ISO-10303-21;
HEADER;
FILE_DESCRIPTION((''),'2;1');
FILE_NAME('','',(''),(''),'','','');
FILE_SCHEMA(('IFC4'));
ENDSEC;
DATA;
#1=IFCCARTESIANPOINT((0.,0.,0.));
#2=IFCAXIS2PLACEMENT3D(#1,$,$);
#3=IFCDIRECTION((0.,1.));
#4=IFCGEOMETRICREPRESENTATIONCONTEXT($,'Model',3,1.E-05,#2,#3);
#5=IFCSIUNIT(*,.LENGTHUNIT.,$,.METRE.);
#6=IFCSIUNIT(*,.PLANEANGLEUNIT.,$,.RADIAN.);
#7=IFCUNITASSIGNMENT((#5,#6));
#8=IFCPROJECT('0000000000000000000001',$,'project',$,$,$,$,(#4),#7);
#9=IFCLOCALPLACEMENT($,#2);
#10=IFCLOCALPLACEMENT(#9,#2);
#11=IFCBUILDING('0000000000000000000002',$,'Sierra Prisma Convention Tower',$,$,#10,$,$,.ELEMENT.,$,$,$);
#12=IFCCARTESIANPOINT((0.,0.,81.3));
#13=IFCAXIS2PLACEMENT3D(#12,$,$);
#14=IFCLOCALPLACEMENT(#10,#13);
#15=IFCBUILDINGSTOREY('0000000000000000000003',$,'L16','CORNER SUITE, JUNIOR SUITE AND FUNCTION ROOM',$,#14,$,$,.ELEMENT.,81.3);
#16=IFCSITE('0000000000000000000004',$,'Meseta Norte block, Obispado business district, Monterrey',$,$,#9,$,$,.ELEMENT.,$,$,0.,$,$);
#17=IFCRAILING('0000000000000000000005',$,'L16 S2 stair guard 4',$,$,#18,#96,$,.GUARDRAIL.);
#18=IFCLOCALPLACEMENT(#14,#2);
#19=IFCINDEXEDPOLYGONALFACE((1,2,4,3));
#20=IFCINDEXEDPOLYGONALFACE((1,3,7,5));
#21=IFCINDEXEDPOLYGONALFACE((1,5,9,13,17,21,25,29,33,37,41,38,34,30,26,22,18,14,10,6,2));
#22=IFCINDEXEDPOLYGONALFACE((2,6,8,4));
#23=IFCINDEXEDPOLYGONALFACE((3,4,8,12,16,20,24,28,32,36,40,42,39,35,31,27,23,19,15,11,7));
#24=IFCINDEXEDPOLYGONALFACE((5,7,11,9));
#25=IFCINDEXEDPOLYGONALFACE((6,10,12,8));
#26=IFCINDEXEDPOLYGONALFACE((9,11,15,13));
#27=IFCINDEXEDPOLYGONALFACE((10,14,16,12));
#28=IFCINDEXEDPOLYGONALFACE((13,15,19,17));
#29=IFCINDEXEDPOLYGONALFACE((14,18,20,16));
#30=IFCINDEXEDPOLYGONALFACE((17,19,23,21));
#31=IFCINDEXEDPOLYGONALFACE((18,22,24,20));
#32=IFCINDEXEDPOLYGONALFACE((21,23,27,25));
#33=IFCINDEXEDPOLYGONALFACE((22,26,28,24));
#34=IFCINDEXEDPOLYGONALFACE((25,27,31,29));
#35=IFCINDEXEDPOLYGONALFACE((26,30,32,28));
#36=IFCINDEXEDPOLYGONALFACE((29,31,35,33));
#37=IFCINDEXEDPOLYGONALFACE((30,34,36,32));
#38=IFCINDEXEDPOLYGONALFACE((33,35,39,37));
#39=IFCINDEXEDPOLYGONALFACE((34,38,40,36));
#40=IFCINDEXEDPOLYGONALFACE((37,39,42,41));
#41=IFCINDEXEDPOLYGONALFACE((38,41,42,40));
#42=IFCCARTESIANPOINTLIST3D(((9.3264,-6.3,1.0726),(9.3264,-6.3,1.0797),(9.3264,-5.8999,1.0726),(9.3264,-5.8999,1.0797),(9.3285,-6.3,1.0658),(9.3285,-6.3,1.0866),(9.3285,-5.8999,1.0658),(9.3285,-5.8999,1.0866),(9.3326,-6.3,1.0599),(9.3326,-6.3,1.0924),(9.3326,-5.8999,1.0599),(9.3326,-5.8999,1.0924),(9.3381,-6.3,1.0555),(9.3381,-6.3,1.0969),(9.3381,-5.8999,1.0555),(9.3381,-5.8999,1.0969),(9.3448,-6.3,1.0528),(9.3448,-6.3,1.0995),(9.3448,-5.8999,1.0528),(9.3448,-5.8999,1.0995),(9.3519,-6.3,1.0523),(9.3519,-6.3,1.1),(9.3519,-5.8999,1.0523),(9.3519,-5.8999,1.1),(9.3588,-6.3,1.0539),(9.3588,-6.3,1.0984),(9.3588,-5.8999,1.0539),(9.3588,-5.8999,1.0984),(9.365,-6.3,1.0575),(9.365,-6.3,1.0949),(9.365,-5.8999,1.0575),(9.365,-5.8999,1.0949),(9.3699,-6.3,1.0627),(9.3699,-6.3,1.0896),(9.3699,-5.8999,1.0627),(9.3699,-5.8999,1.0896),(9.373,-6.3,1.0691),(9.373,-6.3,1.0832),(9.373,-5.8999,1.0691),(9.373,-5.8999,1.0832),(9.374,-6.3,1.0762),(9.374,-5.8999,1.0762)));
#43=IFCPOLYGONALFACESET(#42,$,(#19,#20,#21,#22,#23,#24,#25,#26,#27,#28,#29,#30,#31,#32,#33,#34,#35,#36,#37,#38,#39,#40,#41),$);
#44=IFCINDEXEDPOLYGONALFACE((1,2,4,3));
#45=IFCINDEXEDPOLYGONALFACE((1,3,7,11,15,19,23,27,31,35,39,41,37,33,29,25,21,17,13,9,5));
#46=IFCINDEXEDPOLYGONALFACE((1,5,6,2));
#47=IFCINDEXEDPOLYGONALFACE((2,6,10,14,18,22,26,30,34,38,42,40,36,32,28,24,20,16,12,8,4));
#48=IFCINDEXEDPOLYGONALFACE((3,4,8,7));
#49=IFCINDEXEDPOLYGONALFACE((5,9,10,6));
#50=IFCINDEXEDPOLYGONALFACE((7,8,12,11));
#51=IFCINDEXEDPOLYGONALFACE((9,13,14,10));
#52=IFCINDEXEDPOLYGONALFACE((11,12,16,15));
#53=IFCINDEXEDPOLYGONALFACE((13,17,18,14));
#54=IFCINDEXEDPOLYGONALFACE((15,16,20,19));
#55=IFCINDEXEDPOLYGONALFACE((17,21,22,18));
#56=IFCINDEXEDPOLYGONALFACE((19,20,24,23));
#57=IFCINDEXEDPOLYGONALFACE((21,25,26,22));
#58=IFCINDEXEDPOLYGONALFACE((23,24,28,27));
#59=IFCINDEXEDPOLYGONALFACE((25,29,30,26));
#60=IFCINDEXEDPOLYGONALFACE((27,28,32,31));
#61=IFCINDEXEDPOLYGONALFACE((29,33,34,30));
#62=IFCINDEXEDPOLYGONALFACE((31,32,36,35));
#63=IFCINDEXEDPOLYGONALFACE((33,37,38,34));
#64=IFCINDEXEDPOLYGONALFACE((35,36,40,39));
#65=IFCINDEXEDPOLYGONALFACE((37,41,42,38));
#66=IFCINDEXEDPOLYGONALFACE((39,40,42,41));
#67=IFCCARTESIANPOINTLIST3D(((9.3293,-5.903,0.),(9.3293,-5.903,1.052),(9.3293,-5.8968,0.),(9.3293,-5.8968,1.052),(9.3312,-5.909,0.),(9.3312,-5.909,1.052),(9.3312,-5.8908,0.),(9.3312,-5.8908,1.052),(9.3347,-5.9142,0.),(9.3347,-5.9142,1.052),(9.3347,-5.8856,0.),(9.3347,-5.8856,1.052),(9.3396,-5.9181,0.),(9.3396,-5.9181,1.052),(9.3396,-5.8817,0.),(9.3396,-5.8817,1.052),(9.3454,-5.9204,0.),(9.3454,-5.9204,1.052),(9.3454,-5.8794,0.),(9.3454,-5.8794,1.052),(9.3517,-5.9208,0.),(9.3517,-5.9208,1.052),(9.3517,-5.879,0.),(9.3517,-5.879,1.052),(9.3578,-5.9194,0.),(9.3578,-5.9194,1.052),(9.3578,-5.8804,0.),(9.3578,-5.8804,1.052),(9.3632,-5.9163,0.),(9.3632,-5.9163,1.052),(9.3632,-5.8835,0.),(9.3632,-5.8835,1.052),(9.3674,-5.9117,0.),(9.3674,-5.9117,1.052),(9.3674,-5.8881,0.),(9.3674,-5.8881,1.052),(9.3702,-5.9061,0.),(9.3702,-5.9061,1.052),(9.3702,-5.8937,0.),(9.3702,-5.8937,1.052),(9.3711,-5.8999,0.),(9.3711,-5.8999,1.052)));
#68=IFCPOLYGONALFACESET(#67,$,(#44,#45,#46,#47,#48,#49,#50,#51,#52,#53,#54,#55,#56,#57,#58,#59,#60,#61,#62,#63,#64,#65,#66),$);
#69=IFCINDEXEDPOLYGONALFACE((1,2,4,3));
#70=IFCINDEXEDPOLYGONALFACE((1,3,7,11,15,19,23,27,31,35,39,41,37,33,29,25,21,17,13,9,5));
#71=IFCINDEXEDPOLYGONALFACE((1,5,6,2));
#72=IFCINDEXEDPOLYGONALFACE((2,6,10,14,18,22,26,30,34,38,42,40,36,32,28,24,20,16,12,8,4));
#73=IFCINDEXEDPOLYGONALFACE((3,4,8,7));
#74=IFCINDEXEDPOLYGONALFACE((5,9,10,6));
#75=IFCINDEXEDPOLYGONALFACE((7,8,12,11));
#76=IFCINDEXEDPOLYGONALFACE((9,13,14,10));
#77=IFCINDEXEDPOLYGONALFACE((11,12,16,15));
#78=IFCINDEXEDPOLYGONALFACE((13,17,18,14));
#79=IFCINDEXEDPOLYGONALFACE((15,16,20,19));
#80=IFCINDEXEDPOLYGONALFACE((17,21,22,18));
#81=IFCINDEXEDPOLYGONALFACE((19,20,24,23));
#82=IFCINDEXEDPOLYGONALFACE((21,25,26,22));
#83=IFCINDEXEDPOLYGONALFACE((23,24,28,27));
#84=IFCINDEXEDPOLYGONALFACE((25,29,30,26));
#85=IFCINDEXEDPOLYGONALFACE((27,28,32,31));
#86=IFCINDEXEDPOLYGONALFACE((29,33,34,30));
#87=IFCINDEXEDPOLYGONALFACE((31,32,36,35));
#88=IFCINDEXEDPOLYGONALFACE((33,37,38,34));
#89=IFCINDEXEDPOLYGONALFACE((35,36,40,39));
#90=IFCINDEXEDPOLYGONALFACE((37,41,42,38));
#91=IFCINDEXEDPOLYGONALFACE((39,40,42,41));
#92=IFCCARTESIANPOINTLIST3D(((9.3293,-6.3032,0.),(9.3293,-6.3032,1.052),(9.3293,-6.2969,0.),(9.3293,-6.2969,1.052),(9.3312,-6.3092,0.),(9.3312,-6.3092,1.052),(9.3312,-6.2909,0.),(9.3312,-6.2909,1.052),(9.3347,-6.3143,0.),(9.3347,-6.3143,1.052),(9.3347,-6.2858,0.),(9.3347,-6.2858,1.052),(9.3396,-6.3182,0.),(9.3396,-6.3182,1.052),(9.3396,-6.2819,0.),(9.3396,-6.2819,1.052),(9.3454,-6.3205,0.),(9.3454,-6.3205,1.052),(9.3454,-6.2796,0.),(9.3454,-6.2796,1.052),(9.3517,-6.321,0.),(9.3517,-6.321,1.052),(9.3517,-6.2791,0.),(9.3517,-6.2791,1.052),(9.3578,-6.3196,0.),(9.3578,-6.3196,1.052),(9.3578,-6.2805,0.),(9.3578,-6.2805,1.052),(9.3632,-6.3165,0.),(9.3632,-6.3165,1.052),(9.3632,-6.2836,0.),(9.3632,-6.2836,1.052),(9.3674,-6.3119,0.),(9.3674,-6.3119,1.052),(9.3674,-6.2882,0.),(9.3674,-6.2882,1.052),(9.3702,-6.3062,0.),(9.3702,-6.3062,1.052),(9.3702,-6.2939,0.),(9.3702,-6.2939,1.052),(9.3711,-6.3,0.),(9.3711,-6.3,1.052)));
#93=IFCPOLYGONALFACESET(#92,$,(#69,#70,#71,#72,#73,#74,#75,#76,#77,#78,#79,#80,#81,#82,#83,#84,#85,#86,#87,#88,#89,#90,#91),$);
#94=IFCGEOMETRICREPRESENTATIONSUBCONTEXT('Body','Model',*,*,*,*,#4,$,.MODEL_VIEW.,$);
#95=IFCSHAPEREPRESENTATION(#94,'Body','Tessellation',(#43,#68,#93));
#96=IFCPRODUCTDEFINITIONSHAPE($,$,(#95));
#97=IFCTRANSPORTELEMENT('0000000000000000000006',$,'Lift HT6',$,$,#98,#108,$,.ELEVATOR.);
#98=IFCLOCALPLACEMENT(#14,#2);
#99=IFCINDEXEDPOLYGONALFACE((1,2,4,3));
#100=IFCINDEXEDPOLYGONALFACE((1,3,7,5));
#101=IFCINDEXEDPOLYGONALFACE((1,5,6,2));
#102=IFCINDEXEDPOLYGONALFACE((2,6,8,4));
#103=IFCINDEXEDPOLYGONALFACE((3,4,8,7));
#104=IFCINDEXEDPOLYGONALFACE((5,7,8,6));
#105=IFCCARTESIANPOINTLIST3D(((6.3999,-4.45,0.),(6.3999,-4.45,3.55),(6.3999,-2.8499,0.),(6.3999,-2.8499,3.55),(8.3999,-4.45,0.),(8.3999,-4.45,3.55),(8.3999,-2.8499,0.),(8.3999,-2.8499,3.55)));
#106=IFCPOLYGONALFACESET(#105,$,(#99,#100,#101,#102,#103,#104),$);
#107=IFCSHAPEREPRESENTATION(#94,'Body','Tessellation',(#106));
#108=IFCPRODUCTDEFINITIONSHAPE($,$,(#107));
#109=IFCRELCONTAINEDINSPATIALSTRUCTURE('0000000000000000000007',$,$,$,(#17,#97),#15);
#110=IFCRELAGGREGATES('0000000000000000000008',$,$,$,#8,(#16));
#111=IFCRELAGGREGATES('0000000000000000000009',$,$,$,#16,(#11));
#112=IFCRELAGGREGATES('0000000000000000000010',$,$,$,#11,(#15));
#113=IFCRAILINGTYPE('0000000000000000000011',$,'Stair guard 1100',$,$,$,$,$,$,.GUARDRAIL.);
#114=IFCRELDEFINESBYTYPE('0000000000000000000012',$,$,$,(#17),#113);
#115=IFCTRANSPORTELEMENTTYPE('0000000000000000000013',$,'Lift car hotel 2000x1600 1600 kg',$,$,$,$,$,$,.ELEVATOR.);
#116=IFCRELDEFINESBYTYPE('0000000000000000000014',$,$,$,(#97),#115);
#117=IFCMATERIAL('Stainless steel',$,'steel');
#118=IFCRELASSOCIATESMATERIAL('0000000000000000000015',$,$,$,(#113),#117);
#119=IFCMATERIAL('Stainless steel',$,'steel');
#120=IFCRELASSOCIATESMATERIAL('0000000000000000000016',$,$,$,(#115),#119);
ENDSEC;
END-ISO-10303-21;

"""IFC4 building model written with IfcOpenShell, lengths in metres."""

from ifc_helpers import new_model, si_unit, direction, frame, origin, origin_2d, place, context, subcontext, project, spatial, rectangle, circle, extrude, material, type_object, element, save


model = new_model("IFC4")

# Units and contexts
model_context = context("Model", 3, precision=1e-05, world=origin(), true_north=direction((0.0, 1.0)))
body_context = subcontext(model_context, "Body", "Model", "MODEL_VIEW")
ifc_project = project(units=[si_unit("LENGTHUNIT", "METRE"), si_unit("PLANEANGLEUNIT", "RADIAN")], contexts=[model_context])

# Site, building, storey
site_placement = place(None, origin())
site = spatial("IfcSite", under=ifc_project, at=site_placement, Name="Meseta Norte block, Obispado business district, Monterrey", CompositionType="ELEMENT", RefElevation=0.0)
building_placement = place(site_placement, origin())
building = spatial("IfcBuilding", under=site, at=building_placement, Name="Sierra Prisma Convention Tower", CompositionType="ELEMENT")
storey_placement = place(building_placement, frame((0.0, 0.0, 81.3)))
storey = spatial("IfcBuildingStorey", under=building, at=storey_placement, Name="L16", Description="CORNER SUITE, JUNIOR SUITE AND FUNCTION ROOM", CompositionType="ELEMENT", Elevation=81.3)

# Railing
ifc_material_1 = material(Name="Stainless steel", Category="steel")
railing_type_1 = type_object("IfcRailingType", Name="Stair guard 1100", PredefinedType="GUARDRAIL", material=ifc_material_1)
railing_1_placement = place(storey_placement, frame((9.3501, -5.8999, 0.0)))
element("IfcRailing", 1, at=railing_1_placement, inside=storey, type_object=railing_type_1, Name="L16 S2 stair guard 4", PredefinedType="GUARDRAIL", context=body_context, shape_type="SweptSolid", body=[
    extrude(circle(Radius=0.0239, at=origin_2d()), frame((0.0, 0.0, 1.0762), z_axis=(0.0, -1.0, 0.0), x_axis=(1.0, 0.0, 0.0)), (0.0, 0.0, 1.0), 0.4001),
    extrude(circle(Radius=0.021, at=origin_2d()), origin(), (0.0, 0.0, 1.0), 1.052),
    extrude(circle(Radius=0.021, at=origin_2d()), frame((0.0, -0.4001, 0.0)), (0.0, 0.0, 1.0), 1.052),
])

# Transport element
ifc_material_2 = material(Name="Stainless steel", Category="steel")
transport_element_type = type_object("IfcTransportElementType", Name="Lift car hotel 2000x1600 1600 kg", PredefinedType="ELEVATOR", material=ifc_material_2)
transport_element_placement = place(storey_placement, frame((7.3999, -3.6499, 0.0), z_axis=(0.0, 0.0, 1.0), x_axis=(1.0, 0.0, 0.0)))
element("IfcTransportElement", 2, at=transport_element_placement, inside=storey, type_object=transport_element_type, Name="Lift HT6", PredefinedType="ELEVATOR", context=body_context, shape_type="SweptSolid", body=[
    extrude(rectangle(XDim=2.0, YDim=1.6001, at=origin_2d()), origin(), (0.0, 0.0, 1.0), 3.55),
])

save(model, "model.ifc")
